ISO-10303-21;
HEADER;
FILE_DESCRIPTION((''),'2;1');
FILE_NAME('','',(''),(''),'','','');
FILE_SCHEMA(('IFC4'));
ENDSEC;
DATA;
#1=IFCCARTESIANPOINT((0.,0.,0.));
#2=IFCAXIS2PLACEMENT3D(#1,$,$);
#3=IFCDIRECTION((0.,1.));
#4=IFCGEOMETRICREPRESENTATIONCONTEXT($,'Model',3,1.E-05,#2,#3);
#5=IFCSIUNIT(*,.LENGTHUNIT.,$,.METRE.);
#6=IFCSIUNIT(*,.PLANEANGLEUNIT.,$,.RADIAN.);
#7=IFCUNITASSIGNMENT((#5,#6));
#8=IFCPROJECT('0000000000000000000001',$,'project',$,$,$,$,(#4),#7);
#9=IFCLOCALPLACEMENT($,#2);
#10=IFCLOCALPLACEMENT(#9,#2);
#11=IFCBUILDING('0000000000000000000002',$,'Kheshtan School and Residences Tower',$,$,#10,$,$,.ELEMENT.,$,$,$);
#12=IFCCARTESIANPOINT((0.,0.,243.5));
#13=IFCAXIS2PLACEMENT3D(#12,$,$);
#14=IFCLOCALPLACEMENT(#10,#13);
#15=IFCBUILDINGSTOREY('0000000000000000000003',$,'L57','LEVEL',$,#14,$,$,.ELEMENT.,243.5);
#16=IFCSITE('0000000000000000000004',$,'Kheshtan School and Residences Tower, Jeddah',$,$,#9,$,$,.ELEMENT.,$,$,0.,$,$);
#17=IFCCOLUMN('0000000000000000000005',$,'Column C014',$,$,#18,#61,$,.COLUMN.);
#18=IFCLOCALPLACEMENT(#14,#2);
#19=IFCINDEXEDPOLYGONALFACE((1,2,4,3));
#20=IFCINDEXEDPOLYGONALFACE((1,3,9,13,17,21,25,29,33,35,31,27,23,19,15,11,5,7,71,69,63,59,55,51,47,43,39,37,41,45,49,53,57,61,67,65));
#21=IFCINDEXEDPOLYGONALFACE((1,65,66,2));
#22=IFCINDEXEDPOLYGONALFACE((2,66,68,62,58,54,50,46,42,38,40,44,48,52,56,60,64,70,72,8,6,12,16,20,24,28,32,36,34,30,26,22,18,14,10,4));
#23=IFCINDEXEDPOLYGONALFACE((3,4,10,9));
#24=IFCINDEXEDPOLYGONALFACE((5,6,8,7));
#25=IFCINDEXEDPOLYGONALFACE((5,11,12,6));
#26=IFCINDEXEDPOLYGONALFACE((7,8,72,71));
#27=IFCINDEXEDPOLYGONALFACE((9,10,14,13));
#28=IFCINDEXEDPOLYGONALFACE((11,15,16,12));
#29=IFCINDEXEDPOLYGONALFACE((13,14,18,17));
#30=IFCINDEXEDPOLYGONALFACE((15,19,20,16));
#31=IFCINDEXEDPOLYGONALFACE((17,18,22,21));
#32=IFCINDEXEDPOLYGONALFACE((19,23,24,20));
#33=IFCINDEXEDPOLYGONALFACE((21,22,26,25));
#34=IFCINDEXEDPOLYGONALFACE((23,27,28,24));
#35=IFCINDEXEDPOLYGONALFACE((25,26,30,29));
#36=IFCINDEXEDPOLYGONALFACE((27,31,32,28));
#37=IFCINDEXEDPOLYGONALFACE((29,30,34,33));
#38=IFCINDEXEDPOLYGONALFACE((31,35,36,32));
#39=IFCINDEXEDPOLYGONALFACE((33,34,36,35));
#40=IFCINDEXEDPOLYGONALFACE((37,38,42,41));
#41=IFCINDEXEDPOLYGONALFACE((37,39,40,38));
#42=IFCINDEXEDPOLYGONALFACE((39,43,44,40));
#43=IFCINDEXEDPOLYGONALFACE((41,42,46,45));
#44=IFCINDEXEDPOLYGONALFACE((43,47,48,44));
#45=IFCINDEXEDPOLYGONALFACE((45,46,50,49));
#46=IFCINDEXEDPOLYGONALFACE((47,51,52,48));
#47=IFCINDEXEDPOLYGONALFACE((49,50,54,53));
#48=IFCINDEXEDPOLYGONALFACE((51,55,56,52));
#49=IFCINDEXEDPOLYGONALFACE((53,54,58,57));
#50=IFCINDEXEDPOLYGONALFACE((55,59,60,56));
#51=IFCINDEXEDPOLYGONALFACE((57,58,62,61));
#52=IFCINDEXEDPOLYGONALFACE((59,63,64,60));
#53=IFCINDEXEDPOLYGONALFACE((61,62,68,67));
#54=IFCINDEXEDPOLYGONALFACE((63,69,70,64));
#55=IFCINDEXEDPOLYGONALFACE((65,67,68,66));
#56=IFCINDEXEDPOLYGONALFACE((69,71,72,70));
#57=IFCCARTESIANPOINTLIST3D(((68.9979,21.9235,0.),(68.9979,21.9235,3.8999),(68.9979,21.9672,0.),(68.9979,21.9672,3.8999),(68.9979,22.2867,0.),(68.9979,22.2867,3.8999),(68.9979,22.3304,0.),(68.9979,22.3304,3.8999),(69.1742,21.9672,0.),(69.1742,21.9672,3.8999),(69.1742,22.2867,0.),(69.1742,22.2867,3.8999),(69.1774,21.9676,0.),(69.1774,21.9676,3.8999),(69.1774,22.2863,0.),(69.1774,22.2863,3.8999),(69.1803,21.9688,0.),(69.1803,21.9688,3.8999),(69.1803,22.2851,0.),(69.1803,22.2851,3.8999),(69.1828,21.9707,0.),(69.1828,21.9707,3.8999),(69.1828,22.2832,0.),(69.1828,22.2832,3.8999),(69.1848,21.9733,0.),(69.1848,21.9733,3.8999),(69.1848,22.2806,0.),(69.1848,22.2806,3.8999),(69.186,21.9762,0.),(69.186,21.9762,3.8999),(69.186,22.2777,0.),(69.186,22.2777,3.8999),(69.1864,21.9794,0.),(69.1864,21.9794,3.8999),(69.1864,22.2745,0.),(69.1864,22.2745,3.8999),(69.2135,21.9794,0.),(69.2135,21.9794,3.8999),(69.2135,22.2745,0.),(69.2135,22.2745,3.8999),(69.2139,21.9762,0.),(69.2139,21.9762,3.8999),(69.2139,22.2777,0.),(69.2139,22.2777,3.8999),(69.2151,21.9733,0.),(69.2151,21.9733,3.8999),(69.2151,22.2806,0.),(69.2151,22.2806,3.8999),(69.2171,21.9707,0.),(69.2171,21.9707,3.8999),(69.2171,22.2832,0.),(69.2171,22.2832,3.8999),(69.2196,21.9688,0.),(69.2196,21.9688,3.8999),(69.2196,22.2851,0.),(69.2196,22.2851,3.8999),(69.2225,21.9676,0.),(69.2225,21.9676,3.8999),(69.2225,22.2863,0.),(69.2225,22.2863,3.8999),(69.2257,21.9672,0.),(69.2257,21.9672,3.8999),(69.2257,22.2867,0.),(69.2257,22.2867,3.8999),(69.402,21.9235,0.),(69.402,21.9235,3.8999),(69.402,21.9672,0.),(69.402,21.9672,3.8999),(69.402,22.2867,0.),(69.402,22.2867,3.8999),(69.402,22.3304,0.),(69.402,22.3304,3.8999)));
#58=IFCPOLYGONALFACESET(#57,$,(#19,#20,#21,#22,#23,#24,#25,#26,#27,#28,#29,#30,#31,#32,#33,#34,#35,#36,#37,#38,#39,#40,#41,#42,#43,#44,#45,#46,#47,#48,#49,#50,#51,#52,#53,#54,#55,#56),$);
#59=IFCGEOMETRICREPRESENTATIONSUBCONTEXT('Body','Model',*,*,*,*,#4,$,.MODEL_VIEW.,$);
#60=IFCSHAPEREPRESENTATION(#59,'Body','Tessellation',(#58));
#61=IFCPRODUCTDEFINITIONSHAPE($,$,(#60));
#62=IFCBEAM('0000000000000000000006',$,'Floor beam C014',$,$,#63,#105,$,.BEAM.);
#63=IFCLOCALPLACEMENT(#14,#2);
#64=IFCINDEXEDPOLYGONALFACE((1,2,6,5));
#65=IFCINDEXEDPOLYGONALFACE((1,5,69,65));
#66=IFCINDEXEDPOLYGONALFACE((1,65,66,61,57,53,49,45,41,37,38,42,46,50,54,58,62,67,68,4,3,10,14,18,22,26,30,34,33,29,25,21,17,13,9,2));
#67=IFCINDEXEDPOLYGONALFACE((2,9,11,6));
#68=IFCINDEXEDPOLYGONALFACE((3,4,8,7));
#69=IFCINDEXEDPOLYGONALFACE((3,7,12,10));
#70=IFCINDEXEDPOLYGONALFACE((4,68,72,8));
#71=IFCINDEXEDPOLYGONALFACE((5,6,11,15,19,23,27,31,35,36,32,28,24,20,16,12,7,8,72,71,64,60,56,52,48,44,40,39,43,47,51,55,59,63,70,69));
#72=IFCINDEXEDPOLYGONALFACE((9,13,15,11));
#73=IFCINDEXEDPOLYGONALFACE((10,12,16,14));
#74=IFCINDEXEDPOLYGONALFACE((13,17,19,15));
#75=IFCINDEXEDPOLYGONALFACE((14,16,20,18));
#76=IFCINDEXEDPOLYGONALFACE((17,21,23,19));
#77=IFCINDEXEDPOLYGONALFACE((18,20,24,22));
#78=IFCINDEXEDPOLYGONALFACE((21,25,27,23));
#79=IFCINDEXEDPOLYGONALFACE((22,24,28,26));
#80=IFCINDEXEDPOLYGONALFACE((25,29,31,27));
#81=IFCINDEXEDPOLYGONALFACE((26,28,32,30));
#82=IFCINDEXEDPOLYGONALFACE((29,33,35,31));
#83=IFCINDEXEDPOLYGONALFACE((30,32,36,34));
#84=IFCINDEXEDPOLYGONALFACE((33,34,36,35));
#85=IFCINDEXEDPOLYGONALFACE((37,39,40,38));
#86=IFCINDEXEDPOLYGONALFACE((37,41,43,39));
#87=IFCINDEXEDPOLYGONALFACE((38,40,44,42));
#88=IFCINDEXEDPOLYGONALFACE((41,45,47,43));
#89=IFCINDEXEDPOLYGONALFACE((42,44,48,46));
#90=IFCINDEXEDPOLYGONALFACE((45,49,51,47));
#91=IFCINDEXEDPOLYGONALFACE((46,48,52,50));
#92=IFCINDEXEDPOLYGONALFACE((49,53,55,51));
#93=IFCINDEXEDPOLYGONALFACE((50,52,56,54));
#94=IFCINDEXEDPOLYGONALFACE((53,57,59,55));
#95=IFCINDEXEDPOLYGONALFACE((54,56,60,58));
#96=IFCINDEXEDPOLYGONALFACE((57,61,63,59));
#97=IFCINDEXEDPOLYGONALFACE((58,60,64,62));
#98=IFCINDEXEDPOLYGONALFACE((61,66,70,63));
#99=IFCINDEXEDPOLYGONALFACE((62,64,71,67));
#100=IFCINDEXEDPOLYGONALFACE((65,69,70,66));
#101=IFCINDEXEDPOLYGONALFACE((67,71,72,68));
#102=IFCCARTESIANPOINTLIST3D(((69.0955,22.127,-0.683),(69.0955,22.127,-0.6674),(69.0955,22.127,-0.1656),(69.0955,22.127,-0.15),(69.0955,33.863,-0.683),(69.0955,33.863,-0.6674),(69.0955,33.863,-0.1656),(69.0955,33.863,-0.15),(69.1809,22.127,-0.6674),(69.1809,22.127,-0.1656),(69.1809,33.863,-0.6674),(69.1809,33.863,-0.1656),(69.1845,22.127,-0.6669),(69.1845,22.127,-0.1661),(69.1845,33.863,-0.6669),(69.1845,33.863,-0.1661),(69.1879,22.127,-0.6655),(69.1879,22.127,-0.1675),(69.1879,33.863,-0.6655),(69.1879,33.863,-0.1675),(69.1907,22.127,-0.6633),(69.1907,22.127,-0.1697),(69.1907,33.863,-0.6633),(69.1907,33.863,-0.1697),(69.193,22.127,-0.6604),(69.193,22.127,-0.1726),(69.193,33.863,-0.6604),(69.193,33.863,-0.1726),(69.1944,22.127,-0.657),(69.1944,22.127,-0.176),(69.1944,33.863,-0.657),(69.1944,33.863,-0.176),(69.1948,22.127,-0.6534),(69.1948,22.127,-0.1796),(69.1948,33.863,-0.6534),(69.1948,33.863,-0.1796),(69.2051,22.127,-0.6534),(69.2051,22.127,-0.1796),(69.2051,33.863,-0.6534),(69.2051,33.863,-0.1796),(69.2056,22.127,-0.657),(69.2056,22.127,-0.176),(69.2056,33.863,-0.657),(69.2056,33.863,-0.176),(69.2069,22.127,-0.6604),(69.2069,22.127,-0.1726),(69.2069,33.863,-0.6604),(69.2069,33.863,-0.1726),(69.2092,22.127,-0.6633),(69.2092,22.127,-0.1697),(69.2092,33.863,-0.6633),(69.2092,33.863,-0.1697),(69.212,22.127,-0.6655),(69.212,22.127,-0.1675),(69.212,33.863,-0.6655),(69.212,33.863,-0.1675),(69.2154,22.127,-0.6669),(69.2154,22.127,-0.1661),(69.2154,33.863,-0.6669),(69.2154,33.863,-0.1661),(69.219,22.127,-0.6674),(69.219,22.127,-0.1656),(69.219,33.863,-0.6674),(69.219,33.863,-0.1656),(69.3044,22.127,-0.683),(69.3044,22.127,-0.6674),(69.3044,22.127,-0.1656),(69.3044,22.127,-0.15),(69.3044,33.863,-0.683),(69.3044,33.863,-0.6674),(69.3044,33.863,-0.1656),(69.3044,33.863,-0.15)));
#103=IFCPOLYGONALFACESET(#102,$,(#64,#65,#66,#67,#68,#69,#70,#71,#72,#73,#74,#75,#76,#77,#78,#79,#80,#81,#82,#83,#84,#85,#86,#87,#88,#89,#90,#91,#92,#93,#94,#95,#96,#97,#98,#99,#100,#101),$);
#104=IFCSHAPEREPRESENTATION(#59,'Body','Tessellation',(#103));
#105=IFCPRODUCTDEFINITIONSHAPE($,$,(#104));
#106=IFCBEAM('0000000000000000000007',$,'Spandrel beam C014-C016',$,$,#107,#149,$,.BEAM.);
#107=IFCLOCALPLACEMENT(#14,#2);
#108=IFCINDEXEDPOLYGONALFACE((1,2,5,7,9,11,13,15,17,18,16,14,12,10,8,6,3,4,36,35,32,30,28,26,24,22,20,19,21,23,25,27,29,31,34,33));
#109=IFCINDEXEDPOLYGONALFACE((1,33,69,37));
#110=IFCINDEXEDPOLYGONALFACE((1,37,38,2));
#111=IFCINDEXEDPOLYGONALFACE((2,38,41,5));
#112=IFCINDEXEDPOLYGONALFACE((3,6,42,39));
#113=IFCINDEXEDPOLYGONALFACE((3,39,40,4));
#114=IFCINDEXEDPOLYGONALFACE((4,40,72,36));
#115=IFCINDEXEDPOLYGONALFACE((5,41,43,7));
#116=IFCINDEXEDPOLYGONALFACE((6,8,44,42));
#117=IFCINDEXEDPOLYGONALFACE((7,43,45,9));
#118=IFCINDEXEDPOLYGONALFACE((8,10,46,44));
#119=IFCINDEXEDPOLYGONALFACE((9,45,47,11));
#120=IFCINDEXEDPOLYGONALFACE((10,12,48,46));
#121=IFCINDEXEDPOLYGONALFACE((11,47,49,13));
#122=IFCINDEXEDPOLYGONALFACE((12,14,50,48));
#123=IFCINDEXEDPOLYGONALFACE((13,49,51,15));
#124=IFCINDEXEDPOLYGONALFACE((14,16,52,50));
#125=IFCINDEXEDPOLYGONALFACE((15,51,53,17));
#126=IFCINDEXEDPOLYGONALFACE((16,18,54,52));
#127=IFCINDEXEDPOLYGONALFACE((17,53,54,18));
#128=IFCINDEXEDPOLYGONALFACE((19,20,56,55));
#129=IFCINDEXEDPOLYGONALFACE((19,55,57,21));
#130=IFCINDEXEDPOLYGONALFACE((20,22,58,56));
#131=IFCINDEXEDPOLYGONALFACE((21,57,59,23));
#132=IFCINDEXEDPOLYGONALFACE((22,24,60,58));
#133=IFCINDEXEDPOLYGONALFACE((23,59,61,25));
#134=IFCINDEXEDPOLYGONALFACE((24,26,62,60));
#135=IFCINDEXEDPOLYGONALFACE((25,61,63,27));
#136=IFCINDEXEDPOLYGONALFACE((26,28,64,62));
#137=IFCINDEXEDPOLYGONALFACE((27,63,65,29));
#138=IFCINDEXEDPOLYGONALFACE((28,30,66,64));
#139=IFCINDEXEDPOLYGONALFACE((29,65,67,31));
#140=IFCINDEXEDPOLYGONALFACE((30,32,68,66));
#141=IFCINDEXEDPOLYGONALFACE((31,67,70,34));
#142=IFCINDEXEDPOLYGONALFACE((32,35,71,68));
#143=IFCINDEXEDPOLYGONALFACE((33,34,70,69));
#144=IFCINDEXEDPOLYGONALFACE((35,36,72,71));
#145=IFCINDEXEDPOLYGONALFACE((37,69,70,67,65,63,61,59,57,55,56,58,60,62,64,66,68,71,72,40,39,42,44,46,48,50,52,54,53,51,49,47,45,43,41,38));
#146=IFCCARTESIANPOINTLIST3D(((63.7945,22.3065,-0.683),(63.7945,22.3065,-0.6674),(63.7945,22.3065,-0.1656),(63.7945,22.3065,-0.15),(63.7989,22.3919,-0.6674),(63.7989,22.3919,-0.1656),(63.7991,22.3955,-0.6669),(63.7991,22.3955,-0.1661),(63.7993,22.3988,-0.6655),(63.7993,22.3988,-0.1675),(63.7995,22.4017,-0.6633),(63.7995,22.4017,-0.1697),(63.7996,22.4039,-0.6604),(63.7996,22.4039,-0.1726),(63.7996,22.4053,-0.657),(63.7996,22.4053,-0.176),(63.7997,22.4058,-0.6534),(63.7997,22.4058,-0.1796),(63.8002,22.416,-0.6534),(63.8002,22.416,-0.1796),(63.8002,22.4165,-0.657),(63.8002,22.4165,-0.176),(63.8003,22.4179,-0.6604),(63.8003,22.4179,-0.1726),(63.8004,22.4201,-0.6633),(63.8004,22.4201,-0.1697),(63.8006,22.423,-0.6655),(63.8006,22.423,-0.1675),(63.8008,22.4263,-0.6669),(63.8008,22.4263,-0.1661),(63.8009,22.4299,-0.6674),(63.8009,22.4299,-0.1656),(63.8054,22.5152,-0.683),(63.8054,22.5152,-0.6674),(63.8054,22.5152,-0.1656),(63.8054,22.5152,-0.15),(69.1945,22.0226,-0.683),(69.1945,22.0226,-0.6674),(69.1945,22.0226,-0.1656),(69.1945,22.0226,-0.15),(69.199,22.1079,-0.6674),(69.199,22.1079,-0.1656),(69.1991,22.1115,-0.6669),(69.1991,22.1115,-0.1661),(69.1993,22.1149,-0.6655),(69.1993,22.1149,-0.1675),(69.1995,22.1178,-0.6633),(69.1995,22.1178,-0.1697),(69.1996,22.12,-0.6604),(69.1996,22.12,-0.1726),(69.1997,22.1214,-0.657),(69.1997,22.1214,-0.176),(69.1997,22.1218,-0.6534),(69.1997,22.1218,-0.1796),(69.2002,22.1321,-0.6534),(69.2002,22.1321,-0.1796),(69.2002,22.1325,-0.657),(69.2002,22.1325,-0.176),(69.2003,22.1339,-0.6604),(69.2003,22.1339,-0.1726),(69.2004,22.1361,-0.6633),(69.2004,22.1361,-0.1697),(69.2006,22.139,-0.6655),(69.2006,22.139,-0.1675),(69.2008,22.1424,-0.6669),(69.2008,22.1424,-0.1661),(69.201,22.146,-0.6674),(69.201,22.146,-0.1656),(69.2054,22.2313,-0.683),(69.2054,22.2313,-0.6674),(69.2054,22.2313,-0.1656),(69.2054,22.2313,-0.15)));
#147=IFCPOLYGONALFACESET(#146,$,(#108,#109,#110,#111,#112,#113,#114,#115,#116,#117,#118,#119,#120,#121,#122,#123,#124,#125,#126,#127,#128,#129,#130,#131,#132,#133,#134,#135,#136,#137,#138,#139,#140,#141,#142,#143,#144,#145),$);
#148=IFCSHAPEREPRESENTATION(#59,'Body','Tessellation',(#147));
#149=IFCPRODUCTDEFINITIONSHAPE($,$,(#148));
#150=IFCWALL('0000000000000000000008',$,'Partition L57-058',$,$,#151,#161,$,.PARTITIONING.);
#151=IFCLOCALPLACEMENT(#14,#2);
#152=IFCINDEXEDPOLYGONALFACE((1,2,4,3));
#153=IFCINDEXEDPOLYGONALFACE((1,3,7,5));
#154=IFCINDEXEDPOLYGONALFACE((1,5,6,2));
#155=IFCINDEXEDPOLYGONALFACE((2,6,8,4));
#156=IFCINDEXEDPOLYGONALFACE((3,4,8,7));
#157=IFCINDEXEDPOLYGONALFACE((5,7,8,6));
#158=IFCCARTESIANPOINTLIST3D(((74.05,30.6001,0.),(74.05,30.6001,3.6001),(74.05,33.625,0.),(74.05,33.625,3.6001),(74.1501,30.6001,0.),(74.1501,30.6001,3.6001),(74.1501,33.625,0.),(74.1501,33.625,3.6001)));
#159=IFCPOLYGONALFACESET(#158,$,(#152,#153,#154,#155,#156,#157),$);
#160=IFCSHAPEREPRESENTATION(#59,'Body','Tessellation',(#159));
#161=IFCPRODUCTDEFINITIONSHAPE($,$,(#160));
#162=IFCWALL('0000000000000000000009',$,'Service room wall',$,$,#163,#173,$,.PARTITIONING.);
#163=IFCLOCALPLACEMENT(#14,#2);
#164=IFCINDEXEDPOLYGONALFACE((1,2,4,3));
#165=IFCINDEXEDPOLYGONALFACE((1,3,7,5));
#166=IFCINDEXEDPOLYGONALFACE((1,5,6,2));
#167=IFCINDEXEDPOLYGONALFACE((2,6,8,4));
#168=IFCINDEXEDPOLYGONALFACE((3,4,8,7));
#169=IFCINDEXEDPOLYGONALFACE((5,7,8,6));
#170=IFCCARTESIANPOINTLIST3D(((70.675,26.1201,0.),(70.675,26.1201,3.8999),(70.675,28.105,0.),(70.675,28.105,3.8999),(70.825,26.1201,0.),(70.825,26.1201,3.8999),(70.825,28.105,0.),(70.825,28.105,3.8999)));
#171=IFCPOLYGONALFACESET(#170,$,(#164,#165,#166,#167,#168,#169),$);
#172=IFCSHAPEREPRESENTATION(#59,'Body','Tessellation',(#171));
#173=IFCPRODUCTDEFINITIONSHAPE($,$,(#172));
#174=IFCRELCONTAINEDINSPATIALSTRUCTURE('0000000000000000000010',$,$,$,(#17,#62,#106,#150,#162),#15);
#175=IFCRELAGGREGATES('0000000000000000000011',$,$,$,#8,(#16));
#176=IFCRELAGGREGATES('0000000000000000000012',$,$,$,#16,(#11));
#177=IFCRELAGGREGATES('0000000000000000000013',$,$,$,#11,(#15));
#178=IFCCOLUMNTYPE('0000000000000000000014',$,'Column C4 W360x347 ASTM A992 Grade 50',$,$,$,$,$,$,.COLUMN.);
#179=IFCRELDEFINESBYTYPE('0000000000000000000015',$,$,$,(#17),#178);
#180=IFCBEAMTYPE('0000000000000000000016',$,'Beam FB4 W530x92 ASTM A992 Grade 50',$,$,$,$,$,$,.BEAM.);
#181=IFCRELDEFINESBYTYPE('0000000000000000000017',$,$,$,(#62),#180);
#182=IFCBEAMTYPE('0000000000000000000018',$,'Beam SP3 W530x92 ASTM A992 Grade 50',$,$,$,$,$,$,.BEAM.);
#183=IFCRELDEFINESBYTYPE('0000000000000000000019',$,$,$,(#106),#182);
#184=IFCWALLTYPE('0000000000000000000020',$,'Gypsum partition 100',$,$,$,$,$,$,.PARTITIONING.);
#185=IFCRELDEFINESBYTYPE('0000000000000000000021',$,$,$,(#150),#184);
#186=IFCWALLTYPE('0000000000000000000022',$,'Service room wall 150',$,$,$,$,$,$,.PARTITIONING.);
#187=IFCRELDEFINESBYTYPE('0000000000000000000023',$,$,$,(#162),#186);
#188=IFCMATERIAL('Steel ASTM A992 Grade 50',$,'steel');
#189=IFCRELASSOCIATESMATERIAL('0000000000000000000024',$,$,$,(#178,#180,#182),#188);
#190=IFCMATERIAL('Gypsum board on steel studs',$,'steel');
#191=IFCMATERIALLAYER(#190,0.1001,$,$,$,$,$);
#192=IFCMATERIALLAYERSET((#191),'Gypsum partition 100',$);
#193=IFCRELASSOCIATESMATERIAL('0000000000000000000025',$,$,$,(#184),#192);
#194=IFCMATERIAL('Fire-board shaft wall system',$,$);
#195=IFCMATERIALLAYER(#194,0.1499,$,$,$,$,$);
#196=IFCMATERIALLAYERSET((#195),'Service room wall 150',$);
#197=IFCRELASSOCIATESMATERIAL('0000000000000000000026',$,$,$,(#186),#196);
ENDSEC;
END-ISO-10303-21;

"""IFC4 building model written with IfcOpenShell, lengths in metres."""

from ifc_helpers import new_model, si_unit, direction, frame, frame_2d, origin, origin_2d, place, context, subcontext, project, spatial, rectangle, i_section, extrude, material, layer, layer_set, material_profile, profile_set, type_object, element, save


model = new_model("IFC4")

# Units and contexts
model_context = context("Model", 3, precision=1e-05, world=origin(), true_north=direction((0.0, 1.0)))
body_context = subcontext(model_context, "Body", "Model", "MODEL_VIEW")
ifc_project = project(units=[si_unit("LENGTHUNIT", "METRE"), si_unit("PLANEANGLEUNIT", "RADIAN")], contexts=[model_context])

# Site, building, storey
site_placement = place(None, origin())
site = spatial("IfcSite", under=ifc_project, at=site_placement, Name="Kheshtan School and Residences Tower, Jeddah", CompositionType="ELEMENT", RefElevation=0.0)
building_placement = place(site_placement, origin())
building = spatial("IfcBuilding", under=site, at=building_placement, Name="Kheshtan School and Residences Tower", CompositionType="ELEMENT")
storey_placement = place(building_placement, frame((0.0, 0.0, 243.5)))
storey = spatial("IfcBuildingStorey", under=building, at=storey_placement, Name="L57", Description="LEVEL", CompositionType="ELEMENT", Elevation=243.5)

# Column
ifc_material_1 = material(Name="Steel ASTM A992 Grade 50", Category="steel")
ifc_material_profile_1 = material_profile(ifc_material_1, i_section(OverallWidth=0.4041, OverallDepth=0.407, WebThickness=0.0271, FlangeThickness=0.0437, FilletRadius=0.0122, at=origin_2d()), Name="W360x347")
ifc_profile_set_1 = profile_set([ifc_material_profile_1], Name="Steel ASTM A992 Grade 50")
column_type = type_object("IfcColumnType", Name="Column C4 W360x347 ASTM A992 Grade 50", PredefinedType="COLUMN", material=ifc_profile_set_1)
column_placement = place(storey_placement, frame((69.2, 22.127, 0.0), z_axis=(0.0, 0.0, 1.0), x_axis=(1.0, 0.0, 0.0)))
element("IfcColumn", 1, at=column_placement, inside=storey, type_object=column_type, Name="Column C014", PredefinedType="COLUMN", context=body_context, shape_type="SweptSolid", body=[
    extrude(i_section(OverallWidth=0.4041, OverallDepth=0.407, WebThickness=0.0271, FlangeThickness=0.0437, FilletRadius=0.0122, at=origin_2d()), origin(), (0.0, 0.0, 1.0), 3.8999),
])

# Beams
ifc_material_profile_2 = material_profile(ifc_material_1, i_section(OverallWidth=0.209, OverallDepth=0.533, WebThickness=0.0103, FlangeThickness=0.0156, FilletRadius=0.0139, at=origin_2d()), Name="W530x92")
ifc_profile_set_2 = profile_set([ifc_material_profile_2], Name="Steel ASTM A992 Grade 50")
beam_type_1 = type_object("IfcBeamType", Name="Beam FB4 W530x92 ASTM A992 Grade 50", PredefinedType="BEAM", material=ifc_profile_set_2)
beam_1_placement = place(storey_placement, frame((69.2, 22.127, -0.4165), z_axis=(0.0, 1.0, 0.0), x_axis=(-1.0, 0.0, 0.0)))
element("IfcBeam", 2, at=beam_1_placement, inside=storey, type_object=beam_type_1, Name="Floor beam C014", PredefinedType="BEAM", context=body_context, shape_type="SweptSolid", body=[
    extrude(i_section(OverallWidth=0.209, OverallDepth=0.533, WebThickness=0.0103, FlangeThickness=0.0156, FilletRadius=0.0139, at=origin_2d()), origin(), (0.0, 0.0, 1.0), 11.7361),
])
ifc_material_profile_3 = material_profile(ifc_material_1, i_section(OverallWidth=0.209, OverallDepth=0.533, WebThickness=0.0103, FlangeThickness=0.0156, FilletRadius=0.0139, at=origin_2d()), Name="W530x92")
ifc_profile_set_3 = profile_set([ifc_material_profile_3], Name="Steel ASTM A992 Grade 50")
beam_type_2 = type_object("IfcBeamType", Name="Beam SP3 W530x92 ASTM A992 Grade 50", PredefinedType="BEAM", material=ifc_profile_set_3)
beam_2_placement = place(storey_placement, frame((69.2, 22.127, -0.4165), z_axis=(-0.99862, 0.052509, 0.0), x_axis=(-0.052509, -0.99862, 0.0)))
element("IfcBeam", 3, at=beam_2_placement, inside=storey, type_object=beam_type_2, Name="Spandrel beam C014-C016", PredefinedType="BEAM", context=body_context, shape_type="SweptSolid", body=[
    extrude(i_section(OverallWidth=0.209, OverallDepth=0.533, WebThickness=0.0103, FlangeThickness=0.0156, FilletRadius=0.0139, at=origin_2d()), origin(), (0.0, 0.0, 1.0), 5.4075),
])

# Walls
ifc_material_2 = material(Name="Gypsum board on steel studs", Category="steel")
ifc_layer_1 = layer(ifc_material_2, 0.1001)
ifc_layer_set_1 = layer_set([ifc_layer_1], Name="Gypsum partition 100")
wall_type_1 = type_object("IfcWallType", Name="Gypsum partition 100", PredefinedType="PARTITIONING", material=ifc_layer_set_1)
wall_1_placement = place(storey_placement, frame((74.1001, 30.6001, 0.0), z_axis=(0.0, 0.0, 1.0), x_axis=(0.0, 1.0, 0.0)))
element("IfcWall", 4, at=wall_1_placement, inside=storey, type_object=wall_type_1, Name="Partition L57-058", PredefinedType="PARTITIONING", context=body_context, shape_type="SweptSolid", body=[
    extrude(rectangle(XDim=3.0249, YDim=0.1001, at=frame_2d((1.5125, 0.0))), origin(), (0.0, 0.0, 1.0), 3.6001),
])
ifc_material_3 = material(Name="Fire-board shaft wall system")
ifc_layer_2 = layer(ifc_material_3, 0.1499)
ifc_layer_set_2 = layer_set([ifc_layer_2], Name="Service room wall 150")
wall_type_2 = type_object("IfcWallType", Name="Service room wall 150", PredefinedType="PARTITIONING", material=ifc_layer_set_2)
wall_2_placement = place(storey_placement, frame((70.75, 26.1201, 0.0), z_axis=(0.0, 0.0, 1.0), x_axis=(0.0, 1.0, 0.0)))
element("IfcWall", 5, at=wall_2_placement, inside=storey, type_object=wall_type_2, Name="Service room wall", PredefinedType="PARTITIONING", context=body_context, shape_type="SweptSolid", body=[
    extrude(rectangle(XDim=1.9849, YDim=0.1499, at=frame_2d((0.9924, 0.0))), origin(), (0.0, 0.0, 1.0), 3.8999),
])

save(model, "model.ifc")
